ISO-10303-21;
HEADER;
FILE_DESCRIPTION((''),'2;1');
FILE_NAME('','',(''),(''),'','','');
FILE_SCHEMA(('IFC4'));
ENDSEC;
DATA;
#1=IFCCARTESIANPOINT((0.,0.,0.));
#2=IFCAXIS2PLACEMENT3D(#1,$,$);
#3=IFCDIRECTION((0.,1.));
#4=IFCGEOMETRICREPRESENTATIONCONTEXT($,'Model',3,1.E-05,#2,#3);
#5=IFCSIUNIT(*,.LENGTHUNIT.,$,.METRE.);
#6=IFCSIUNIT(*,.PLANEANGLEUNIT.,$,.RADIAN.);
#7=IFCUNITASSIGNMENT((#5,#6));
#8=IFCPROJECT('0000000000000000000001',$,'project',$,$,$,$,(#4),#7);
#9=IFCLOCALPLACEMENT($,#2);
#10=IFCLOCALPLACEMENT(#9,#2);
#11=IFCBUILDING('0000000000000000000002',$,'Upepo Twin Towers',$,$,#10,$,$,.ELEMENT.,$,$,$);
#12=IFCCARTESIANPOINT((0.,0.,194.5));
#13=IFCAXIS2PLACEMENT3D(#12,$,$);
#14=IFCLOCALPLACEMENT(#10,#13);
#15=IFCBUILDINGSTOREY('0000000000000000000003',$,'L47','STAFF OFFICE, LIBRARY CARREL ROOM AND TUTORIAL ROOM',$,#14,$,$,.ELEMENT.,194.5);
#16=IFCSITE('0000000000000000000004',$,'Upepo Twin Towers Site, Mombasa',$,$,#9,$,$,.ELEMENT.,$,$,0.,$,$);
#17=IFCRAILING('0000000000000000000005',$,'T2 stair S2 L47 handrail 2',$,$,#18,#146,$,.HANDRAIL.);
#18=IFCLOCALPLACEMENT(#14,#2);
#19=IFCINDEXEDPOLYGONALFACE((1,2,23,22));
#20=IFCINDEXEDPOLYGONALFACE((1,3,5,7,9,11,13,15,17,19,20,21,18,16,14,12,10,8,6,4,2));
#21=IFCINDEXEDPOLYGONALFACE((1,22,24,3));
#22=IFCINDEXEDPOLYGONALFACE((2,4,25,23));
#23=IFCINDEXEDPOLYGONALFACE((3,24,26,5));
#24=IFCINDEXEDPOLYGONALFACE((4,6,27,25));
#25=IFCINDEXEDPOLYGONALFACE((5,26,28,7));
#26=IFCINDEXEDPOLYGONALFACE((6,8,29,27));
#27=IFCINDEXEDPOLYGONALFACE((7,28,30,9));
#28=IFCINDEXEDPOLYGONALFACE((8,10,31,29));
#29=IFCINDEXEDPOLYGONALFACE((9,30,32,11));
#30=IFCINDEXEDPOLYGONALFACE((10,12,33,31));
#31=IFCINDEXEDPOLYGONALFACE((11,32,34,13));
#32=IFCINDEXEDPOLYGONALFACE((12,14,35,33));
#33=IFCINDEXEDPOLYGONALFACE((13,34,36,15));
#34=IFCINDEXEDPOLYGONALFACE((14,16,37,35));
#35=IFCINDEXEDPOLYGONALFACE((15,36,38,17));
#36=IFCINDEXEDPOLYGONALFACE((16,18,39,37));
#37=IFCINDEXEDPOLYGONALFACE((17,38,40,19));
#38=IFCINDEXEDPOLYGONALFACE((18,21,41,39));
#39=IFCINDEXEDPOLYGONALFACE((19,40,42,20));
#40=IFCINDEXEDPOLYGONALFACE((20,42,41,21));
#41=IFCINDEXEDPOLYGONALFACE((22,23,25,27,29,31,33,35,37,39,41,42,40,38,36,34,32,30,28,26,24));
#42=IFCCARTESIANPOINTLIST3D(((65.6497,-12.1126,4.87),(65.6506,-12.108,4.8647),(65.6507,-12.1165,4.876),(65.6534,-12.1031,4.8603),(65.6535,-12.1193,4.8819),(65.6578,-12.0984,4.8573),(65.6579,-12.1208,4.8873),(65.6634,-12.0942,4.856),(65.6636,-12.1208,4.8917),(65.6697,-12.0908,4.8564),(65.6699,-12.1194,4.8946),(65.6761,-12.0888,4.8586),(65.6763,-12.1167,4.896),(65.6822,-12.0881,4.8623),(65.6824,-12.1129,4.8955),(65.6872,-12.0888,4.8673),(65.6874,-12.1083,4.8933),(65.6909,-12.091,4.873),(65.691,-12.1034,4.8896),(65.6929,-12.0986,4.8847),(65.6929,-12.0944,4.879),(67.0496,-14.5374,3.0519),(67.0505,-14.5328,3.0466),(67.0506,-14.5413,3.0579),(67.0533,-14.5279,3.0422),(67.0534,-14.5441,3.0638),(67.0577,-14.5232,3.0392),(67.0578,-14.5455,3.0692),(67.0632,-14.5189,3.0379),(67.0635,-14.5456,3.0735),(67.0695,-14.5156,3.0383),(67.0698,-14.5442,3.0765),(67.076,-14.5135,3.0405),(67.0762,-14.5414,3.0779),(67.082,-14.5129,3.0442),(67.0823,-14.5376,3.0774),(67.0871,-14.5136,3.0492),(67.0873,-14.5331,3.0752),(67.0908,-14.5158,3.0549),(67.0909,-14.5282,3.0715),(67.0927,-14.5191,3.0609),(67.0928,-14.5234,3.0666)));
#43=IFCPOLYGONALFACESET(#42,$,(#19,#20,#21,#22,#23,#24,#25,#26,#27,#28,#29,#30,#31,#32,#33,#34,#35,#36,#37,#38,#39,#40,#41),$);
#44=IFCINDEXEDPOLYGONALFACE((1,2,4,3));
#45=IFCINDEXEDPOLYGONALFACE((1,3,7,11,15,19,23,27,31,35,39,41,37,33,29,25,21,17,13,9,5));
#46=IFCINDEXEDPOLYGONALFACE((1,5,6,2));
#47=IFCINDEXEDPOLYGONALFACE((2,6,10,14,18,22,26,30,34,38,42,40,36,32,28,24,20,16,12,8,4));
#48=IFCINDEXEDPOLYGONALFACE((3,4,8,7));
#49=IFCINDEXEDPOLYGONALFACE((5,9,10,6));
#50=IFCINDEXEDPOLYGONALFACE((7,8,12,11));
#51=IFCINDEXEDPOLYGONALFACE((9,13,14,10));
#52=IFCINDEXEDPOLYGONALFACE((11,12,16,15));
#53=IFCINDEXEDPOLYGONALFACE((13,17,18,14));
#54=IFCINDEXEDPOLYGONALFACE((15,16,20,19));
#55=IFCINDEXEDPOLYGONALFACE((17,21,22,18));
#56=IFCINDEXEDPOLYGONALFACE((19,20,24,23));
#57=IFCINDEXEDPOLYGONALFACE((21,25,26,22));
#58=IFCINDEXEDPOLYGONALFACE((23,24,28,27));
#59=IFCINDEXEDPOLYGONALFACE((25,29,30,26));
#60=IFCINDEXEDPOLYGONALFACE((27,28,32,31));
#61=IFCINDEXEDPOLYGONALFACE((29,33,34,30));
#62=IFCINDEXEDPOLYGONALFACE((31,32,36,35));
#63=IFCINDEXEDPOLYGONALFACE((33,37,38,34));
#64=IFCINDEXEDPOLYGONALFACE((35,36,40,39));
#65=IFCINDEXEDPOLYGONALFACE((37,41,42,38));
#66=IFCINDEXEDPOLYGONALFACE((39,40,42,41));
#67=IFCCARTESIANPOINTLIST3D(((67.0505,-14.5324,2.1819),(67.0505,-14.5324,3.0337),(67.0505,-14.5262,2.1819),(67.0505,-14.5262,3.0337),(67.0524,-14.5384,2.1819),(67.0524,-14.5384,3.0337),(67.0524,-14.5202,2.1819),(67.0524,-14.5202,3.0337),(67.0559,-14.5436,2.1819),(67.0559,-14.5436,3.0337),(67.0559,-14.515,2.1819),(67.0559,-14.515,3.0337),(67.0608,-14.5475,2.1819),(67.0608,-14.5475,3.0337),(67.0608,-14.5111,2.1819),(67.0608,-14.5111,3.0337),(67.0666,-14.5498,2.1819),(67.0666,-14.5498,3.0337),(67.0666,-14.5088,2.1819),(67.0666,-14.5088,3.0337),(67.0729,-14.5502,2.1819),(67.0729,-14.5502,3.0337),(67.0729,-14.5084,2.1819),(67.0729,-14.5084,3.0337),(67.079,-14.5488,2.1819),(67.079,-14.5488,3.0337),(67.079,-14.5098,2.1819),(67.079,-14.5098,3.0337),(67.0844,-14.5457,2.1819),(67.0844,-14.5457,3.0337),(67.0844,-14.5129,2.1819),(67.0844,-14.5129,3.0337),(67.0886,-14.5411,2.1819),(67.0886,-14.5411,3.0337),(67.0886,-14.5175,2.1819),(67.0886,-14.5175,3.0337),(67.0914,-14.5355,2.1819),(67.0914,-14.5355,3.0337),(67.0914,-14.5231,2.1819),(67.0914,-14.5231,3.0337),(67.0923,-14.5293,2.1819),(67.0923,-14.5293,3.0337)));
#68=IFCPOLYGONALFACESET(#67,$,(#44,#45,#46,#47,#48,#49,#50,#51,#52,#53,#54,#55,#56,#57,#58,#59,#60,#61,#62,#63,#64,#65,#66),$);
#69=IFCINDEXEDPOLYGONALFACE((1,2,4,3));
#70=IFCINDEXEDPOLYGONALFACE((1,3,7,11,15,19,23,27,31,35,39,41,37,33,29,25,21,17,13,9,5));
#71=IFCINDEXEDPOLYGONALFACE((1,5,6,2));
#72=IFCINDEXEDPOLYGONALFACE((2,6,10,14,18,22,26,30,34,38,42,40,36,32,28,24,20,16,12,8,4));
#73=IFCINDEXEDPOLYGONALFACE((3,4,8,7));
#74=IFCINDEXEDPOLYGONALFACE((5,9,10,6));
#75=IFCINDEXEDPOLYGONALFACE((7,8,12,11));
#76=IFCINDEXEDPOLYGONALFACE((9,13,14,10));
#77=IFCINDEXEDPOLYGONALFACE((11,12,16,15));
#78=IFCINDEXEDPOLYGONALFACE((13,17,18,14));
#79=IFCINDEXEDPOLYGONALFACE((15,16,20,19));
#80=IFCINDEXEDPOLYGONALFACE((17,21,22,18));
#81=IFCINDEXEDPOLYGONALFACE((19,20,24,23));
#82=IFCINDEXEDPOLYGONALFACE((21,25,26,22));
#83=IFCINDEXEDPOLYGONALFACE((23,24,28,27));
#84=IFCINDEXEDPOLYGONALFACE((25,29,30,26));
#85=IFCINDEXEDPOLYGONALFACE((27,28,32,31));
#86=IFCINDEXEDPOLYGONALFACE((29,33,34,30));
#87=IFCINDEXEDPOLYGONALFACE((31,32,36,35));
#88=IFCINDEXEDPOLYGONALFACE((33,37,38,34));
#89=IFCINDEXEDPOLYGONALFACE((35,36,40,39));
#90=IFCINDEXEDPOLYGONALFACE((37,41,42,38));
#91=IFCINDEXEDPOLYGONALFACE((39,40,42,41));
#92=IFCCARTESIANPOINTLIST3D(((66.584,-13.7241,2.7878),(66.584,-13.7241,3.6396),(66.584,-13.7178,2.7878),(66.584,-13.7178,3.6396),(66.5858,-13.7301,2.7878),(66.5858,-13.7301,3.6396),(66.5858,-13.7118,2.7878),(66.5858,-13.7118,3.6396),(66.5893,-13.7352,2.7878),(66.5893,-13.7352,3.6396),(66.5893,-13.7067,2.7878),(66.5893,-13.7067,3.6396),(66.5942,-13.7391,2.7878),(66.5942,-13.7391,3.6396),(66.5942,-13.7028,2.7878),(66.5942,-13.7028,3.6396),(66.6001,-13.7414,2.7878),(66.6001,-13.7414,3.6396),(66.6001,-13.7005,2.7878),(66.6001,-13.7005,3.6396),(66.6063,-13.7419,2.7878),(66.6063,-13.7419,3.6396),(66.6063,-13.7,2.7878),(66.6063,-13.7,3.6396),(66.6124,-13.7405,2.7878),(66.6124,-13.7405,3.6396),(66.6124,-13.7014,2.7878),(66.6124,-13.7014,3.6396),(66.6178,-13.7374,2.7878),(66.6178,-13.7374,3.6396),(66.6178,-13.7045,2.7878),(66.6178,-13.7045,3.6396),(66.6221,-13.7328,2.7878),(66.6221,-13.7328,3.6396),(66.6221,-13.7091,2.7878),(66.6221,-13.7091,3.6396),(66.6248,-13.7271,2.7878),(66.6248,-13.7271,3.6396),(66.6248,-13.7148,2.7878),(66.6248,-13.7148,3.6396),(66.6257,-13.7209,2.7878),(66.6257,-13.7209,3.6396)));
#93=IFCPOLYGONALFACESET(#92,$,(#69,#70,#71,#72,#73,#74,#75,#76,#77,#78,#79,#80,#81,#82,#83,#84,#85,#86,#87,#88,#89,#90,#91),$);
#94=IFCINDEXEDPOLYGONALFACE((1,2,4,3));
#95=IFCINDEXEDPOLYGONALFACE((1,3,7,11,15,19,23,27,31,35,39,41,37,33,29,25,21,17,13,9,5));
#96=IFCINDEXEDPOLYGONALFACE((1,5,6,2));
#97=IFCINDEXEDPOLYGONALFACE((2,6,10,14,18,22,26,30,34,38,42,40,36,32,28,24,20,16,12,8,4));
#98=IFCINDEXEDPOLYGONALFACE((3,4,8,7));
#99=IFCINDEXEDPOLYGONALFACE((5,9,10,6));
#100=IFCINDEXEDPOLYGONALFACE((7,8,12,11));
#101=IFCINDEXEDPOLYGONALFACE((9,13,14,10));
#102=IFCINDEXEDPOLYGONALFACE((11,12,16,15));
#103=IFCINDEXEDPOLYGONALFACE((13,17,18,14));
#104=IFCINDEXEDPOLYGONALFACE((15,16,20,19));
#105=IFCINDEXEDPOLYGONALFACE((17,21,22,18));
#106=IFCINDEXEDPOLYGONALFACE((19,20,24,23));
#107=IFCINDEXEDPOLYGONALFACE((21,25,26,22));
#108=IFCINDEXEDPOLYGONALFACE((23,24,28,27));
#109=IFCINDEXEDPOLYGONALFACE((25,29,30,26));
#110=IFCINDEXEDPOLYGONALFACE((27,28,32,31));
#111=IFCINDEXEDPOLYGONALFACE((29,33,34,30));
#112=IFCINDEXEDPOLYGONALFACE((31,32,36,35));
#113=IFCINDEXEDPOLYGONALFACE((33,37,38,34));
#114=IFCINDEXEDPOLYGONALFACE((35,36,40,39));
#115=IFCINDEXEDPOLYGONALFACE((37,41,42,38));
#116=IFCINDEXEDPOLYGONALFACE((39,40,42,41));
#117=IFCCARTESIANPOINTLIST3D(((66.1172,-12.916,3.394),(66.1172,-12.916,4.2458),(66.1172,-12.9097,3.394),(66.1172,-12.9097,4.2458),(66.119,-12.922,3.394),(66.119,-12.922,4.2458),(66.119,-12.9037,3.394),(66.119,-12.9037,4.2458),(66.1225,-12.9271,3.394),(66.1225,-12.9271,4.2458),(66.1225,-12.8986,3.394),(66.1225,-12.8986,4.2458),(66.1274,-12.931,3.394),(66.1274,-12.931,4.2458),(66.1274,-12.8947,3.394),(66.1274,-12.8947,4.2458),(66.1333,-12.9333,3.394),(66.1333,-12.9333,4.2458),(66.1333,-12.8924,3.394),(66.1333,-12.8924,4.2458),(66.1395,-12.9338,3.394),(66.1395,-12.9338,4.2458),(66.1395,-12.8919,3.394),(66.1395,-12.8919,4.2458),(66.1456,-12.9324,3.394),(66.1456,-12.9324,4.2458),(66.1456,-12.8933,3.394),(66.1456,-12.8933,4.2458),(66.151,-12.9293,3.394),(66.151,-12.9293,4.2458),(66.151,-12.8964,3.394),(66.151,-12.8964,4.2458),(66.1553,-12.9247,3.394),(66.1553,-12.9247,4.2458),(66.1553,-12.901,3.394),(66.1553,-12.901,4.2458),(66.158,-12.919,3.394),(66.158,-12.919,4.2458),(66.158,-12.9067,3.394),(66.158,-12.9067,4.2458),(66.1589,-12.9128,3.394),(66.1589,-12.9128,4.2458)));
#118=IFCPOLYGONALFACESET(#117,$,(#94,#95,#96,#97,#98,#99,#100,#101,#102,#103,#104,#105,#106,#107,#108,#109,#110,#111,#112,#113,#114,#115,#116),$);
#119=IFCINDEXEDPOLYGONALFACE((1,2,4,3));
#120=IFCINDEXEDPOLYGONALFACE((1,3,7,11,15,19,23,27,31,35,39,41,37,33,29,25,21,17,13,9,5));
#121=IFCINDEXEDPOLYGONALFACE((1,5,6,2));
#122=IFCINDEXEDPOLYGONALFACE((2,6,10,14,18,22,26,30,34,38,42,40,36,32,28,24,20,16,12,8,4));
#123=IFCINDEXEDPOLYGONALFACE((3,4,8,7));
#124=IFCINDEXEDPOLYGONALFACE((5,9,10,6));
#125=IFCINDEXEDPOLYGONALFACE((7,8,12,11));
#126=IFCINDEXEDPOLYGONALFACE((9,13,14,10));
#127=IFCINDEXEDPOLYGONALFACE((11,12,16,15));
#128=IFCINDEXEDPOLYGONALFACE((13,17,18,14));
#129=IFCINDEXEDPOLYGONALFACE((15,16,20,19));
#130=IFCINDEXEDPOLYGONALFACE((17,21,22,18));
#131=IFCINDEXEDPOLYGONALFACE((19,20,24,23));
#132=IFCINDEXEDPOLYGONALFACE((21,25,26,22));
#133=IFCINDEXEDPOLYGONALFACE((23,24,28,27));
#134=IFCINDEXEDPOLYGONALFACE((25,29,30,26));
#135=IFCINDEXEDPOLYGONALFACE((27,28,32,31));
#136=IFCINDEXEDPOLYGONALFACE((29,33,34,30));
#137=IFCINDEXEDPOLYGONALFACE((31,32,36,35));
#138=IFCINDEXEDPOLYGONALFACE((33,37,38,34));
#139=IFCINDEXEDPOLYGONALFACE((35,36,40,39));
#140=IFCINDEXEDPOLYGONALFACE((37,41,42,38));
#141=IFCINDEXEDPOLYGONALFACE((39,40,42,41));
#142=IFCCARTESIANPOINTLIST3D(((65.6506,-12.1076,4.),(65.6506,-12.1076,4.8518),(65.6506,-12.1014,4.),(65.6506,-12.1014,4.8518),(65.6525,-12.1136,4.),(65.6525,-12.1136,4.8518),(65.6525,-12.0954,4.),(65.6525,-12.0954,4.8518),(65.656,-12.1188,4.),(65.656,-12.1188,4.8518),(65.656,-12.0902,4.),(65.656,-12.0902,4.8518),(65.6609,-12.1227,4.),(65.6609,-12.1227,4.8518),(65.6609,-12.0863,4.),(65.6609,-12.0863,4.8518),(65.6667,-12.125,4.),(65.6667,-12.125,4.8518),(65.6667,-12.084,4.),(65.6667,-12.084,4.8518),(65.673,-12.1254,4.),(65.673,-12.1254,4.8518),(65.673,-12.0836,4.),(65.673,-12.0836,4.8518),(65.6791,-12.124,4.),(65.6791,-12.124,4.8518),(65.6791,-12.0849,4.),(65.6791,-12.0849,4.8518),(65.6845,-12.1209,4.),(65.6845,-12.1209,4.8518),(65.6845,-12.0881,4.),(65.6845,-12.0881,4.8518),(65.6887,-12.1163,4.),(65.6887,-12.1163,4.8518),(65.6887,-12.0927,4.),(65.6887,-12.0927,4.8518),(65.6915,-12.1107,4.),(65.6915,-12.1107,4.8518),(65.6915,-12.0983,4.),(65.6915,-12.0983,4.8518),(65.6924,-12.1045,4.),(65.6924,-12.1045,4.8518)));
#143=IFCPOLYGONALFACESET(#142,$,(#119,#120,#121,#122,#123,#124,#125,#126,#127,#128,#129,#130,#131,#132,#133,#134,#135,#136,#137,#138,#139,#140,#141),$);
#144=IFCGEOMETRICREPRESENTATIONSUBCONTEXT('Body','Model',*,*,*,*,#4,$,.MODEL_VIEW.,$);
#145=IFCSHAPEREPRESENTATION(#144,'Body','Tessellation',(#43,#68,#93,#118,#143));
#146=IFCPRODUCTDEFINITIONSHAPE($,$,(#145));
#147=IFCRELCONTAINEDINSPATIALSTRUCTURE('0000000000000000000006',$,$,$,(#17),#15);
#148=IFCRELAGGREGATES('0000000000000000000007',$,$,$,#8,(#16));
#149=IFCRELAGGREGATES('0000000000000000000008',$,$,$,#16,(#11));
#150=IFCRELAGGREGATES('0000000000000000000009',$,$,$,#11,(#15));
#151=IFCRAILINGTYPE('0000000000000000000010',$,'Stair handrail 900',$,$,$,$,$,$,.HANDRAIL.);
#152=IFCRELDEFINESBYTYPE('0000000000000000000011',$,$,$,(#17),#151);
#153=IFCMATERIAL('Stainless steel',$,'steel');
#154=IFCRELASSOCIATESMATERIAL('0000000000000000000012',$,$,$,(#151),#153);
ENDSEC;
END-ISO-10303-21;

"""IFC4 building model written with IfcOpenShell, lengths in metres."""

from ifc_helpers import new_model, si_unit, direction, frame, origin, origin_2d, place, context, subcontext, project, spatial, circle, extrude, material, type_object, element, save


model = new_model("IFC4")

# Units and contexts
model_context = context("Model", 3, precision=1e-05, world=origin(), true_north=direction((0.0, 1.0)))
body_context = subcontext(model_context, "Body", "Model", "MODEL_VIEW")
ifc_project = project(units=[si_unit("LENGTHUNIT", "METRE"), si_unit("PLANEANGLEUNIT", "RADIAN")], contexts=[model_context])

# Site, building, storey
site_placement = place(None, origin())
site = spatial("IfcSite", under=ifc_project, at=site_placement, Name="Upepo Twin Towers Site, Mombasa", CompositionType="ELEMENT", RefElevation=0.0)
building_placement = place(site_placement, origin())
building = spatial("IfcBuilding", under=site, at=building_placement, Name="Upepo Twin Towers", CompositionType="ELEMENT")
storey_placement = place(building_placement, frame((0.0, 0.0, 194.5)))
storey = spatial("IfcBuildingStorey", under=building, at=storey_placement, Name="L47", Description="STAFF OFFICE, LIBRARY CARREL ROOM AND TUTORIAL ROOM", CompositionType="ELEMENT", Elevation=194.5)

# Railing
ifc_material_1 = material(Name="Stainless steel", Category="steel")
railing_type = type_object("IfcRailingType", Name="Stair handrail 900", PredefinedType="HANDRAIL", material=ifc_material_1)
railing_1_placement = place(storey_placement, frame((67.0713, -14.5293, 2.1819)))
element("IfcRailing", 1, at=railing_1_placement, inside=storey, type_object=railing_type, Name="T2 stair S2 L47 handrail 2", PredefinedType="HANDRAIL", context=body_context, shape_type="SweptSolid", body=[
    extrude(circle(Radius=0.0239, at=origin_2d()), frame((0.0, 0.0, 0.876), z_axis=(-0.419333, 0.726336, 0.544606), x_axis=(-0.866035, -0.499984, 0.0)), (0.0, 0.0, 1.0), 3.3384),
    extrude(circle(Radius=0.021, at=origin_2d()), origin(), (0.0, 0.0, 1.0), 0.8518),
    extrude(circle(Radius=0.021, at=origin_2d()), frame((-0.4666, 0.8083, 0.606)), (0.0, 0.0, 1.0), 0.8518),
    extrude(circle(Radius=0.021, at=origin_2d()), frame((-0.9333, 1.6165, 1.2122)), (0.0, 0.0, 1.0), 0.8518),
    extrude(circle(Radius=0.021, at=origin_2d()), frame((-1.3999, 2.4248, 1.8181)), (0.0, 0.0, 1.0), 0.8518),
])

save(model, "model.ifc")
